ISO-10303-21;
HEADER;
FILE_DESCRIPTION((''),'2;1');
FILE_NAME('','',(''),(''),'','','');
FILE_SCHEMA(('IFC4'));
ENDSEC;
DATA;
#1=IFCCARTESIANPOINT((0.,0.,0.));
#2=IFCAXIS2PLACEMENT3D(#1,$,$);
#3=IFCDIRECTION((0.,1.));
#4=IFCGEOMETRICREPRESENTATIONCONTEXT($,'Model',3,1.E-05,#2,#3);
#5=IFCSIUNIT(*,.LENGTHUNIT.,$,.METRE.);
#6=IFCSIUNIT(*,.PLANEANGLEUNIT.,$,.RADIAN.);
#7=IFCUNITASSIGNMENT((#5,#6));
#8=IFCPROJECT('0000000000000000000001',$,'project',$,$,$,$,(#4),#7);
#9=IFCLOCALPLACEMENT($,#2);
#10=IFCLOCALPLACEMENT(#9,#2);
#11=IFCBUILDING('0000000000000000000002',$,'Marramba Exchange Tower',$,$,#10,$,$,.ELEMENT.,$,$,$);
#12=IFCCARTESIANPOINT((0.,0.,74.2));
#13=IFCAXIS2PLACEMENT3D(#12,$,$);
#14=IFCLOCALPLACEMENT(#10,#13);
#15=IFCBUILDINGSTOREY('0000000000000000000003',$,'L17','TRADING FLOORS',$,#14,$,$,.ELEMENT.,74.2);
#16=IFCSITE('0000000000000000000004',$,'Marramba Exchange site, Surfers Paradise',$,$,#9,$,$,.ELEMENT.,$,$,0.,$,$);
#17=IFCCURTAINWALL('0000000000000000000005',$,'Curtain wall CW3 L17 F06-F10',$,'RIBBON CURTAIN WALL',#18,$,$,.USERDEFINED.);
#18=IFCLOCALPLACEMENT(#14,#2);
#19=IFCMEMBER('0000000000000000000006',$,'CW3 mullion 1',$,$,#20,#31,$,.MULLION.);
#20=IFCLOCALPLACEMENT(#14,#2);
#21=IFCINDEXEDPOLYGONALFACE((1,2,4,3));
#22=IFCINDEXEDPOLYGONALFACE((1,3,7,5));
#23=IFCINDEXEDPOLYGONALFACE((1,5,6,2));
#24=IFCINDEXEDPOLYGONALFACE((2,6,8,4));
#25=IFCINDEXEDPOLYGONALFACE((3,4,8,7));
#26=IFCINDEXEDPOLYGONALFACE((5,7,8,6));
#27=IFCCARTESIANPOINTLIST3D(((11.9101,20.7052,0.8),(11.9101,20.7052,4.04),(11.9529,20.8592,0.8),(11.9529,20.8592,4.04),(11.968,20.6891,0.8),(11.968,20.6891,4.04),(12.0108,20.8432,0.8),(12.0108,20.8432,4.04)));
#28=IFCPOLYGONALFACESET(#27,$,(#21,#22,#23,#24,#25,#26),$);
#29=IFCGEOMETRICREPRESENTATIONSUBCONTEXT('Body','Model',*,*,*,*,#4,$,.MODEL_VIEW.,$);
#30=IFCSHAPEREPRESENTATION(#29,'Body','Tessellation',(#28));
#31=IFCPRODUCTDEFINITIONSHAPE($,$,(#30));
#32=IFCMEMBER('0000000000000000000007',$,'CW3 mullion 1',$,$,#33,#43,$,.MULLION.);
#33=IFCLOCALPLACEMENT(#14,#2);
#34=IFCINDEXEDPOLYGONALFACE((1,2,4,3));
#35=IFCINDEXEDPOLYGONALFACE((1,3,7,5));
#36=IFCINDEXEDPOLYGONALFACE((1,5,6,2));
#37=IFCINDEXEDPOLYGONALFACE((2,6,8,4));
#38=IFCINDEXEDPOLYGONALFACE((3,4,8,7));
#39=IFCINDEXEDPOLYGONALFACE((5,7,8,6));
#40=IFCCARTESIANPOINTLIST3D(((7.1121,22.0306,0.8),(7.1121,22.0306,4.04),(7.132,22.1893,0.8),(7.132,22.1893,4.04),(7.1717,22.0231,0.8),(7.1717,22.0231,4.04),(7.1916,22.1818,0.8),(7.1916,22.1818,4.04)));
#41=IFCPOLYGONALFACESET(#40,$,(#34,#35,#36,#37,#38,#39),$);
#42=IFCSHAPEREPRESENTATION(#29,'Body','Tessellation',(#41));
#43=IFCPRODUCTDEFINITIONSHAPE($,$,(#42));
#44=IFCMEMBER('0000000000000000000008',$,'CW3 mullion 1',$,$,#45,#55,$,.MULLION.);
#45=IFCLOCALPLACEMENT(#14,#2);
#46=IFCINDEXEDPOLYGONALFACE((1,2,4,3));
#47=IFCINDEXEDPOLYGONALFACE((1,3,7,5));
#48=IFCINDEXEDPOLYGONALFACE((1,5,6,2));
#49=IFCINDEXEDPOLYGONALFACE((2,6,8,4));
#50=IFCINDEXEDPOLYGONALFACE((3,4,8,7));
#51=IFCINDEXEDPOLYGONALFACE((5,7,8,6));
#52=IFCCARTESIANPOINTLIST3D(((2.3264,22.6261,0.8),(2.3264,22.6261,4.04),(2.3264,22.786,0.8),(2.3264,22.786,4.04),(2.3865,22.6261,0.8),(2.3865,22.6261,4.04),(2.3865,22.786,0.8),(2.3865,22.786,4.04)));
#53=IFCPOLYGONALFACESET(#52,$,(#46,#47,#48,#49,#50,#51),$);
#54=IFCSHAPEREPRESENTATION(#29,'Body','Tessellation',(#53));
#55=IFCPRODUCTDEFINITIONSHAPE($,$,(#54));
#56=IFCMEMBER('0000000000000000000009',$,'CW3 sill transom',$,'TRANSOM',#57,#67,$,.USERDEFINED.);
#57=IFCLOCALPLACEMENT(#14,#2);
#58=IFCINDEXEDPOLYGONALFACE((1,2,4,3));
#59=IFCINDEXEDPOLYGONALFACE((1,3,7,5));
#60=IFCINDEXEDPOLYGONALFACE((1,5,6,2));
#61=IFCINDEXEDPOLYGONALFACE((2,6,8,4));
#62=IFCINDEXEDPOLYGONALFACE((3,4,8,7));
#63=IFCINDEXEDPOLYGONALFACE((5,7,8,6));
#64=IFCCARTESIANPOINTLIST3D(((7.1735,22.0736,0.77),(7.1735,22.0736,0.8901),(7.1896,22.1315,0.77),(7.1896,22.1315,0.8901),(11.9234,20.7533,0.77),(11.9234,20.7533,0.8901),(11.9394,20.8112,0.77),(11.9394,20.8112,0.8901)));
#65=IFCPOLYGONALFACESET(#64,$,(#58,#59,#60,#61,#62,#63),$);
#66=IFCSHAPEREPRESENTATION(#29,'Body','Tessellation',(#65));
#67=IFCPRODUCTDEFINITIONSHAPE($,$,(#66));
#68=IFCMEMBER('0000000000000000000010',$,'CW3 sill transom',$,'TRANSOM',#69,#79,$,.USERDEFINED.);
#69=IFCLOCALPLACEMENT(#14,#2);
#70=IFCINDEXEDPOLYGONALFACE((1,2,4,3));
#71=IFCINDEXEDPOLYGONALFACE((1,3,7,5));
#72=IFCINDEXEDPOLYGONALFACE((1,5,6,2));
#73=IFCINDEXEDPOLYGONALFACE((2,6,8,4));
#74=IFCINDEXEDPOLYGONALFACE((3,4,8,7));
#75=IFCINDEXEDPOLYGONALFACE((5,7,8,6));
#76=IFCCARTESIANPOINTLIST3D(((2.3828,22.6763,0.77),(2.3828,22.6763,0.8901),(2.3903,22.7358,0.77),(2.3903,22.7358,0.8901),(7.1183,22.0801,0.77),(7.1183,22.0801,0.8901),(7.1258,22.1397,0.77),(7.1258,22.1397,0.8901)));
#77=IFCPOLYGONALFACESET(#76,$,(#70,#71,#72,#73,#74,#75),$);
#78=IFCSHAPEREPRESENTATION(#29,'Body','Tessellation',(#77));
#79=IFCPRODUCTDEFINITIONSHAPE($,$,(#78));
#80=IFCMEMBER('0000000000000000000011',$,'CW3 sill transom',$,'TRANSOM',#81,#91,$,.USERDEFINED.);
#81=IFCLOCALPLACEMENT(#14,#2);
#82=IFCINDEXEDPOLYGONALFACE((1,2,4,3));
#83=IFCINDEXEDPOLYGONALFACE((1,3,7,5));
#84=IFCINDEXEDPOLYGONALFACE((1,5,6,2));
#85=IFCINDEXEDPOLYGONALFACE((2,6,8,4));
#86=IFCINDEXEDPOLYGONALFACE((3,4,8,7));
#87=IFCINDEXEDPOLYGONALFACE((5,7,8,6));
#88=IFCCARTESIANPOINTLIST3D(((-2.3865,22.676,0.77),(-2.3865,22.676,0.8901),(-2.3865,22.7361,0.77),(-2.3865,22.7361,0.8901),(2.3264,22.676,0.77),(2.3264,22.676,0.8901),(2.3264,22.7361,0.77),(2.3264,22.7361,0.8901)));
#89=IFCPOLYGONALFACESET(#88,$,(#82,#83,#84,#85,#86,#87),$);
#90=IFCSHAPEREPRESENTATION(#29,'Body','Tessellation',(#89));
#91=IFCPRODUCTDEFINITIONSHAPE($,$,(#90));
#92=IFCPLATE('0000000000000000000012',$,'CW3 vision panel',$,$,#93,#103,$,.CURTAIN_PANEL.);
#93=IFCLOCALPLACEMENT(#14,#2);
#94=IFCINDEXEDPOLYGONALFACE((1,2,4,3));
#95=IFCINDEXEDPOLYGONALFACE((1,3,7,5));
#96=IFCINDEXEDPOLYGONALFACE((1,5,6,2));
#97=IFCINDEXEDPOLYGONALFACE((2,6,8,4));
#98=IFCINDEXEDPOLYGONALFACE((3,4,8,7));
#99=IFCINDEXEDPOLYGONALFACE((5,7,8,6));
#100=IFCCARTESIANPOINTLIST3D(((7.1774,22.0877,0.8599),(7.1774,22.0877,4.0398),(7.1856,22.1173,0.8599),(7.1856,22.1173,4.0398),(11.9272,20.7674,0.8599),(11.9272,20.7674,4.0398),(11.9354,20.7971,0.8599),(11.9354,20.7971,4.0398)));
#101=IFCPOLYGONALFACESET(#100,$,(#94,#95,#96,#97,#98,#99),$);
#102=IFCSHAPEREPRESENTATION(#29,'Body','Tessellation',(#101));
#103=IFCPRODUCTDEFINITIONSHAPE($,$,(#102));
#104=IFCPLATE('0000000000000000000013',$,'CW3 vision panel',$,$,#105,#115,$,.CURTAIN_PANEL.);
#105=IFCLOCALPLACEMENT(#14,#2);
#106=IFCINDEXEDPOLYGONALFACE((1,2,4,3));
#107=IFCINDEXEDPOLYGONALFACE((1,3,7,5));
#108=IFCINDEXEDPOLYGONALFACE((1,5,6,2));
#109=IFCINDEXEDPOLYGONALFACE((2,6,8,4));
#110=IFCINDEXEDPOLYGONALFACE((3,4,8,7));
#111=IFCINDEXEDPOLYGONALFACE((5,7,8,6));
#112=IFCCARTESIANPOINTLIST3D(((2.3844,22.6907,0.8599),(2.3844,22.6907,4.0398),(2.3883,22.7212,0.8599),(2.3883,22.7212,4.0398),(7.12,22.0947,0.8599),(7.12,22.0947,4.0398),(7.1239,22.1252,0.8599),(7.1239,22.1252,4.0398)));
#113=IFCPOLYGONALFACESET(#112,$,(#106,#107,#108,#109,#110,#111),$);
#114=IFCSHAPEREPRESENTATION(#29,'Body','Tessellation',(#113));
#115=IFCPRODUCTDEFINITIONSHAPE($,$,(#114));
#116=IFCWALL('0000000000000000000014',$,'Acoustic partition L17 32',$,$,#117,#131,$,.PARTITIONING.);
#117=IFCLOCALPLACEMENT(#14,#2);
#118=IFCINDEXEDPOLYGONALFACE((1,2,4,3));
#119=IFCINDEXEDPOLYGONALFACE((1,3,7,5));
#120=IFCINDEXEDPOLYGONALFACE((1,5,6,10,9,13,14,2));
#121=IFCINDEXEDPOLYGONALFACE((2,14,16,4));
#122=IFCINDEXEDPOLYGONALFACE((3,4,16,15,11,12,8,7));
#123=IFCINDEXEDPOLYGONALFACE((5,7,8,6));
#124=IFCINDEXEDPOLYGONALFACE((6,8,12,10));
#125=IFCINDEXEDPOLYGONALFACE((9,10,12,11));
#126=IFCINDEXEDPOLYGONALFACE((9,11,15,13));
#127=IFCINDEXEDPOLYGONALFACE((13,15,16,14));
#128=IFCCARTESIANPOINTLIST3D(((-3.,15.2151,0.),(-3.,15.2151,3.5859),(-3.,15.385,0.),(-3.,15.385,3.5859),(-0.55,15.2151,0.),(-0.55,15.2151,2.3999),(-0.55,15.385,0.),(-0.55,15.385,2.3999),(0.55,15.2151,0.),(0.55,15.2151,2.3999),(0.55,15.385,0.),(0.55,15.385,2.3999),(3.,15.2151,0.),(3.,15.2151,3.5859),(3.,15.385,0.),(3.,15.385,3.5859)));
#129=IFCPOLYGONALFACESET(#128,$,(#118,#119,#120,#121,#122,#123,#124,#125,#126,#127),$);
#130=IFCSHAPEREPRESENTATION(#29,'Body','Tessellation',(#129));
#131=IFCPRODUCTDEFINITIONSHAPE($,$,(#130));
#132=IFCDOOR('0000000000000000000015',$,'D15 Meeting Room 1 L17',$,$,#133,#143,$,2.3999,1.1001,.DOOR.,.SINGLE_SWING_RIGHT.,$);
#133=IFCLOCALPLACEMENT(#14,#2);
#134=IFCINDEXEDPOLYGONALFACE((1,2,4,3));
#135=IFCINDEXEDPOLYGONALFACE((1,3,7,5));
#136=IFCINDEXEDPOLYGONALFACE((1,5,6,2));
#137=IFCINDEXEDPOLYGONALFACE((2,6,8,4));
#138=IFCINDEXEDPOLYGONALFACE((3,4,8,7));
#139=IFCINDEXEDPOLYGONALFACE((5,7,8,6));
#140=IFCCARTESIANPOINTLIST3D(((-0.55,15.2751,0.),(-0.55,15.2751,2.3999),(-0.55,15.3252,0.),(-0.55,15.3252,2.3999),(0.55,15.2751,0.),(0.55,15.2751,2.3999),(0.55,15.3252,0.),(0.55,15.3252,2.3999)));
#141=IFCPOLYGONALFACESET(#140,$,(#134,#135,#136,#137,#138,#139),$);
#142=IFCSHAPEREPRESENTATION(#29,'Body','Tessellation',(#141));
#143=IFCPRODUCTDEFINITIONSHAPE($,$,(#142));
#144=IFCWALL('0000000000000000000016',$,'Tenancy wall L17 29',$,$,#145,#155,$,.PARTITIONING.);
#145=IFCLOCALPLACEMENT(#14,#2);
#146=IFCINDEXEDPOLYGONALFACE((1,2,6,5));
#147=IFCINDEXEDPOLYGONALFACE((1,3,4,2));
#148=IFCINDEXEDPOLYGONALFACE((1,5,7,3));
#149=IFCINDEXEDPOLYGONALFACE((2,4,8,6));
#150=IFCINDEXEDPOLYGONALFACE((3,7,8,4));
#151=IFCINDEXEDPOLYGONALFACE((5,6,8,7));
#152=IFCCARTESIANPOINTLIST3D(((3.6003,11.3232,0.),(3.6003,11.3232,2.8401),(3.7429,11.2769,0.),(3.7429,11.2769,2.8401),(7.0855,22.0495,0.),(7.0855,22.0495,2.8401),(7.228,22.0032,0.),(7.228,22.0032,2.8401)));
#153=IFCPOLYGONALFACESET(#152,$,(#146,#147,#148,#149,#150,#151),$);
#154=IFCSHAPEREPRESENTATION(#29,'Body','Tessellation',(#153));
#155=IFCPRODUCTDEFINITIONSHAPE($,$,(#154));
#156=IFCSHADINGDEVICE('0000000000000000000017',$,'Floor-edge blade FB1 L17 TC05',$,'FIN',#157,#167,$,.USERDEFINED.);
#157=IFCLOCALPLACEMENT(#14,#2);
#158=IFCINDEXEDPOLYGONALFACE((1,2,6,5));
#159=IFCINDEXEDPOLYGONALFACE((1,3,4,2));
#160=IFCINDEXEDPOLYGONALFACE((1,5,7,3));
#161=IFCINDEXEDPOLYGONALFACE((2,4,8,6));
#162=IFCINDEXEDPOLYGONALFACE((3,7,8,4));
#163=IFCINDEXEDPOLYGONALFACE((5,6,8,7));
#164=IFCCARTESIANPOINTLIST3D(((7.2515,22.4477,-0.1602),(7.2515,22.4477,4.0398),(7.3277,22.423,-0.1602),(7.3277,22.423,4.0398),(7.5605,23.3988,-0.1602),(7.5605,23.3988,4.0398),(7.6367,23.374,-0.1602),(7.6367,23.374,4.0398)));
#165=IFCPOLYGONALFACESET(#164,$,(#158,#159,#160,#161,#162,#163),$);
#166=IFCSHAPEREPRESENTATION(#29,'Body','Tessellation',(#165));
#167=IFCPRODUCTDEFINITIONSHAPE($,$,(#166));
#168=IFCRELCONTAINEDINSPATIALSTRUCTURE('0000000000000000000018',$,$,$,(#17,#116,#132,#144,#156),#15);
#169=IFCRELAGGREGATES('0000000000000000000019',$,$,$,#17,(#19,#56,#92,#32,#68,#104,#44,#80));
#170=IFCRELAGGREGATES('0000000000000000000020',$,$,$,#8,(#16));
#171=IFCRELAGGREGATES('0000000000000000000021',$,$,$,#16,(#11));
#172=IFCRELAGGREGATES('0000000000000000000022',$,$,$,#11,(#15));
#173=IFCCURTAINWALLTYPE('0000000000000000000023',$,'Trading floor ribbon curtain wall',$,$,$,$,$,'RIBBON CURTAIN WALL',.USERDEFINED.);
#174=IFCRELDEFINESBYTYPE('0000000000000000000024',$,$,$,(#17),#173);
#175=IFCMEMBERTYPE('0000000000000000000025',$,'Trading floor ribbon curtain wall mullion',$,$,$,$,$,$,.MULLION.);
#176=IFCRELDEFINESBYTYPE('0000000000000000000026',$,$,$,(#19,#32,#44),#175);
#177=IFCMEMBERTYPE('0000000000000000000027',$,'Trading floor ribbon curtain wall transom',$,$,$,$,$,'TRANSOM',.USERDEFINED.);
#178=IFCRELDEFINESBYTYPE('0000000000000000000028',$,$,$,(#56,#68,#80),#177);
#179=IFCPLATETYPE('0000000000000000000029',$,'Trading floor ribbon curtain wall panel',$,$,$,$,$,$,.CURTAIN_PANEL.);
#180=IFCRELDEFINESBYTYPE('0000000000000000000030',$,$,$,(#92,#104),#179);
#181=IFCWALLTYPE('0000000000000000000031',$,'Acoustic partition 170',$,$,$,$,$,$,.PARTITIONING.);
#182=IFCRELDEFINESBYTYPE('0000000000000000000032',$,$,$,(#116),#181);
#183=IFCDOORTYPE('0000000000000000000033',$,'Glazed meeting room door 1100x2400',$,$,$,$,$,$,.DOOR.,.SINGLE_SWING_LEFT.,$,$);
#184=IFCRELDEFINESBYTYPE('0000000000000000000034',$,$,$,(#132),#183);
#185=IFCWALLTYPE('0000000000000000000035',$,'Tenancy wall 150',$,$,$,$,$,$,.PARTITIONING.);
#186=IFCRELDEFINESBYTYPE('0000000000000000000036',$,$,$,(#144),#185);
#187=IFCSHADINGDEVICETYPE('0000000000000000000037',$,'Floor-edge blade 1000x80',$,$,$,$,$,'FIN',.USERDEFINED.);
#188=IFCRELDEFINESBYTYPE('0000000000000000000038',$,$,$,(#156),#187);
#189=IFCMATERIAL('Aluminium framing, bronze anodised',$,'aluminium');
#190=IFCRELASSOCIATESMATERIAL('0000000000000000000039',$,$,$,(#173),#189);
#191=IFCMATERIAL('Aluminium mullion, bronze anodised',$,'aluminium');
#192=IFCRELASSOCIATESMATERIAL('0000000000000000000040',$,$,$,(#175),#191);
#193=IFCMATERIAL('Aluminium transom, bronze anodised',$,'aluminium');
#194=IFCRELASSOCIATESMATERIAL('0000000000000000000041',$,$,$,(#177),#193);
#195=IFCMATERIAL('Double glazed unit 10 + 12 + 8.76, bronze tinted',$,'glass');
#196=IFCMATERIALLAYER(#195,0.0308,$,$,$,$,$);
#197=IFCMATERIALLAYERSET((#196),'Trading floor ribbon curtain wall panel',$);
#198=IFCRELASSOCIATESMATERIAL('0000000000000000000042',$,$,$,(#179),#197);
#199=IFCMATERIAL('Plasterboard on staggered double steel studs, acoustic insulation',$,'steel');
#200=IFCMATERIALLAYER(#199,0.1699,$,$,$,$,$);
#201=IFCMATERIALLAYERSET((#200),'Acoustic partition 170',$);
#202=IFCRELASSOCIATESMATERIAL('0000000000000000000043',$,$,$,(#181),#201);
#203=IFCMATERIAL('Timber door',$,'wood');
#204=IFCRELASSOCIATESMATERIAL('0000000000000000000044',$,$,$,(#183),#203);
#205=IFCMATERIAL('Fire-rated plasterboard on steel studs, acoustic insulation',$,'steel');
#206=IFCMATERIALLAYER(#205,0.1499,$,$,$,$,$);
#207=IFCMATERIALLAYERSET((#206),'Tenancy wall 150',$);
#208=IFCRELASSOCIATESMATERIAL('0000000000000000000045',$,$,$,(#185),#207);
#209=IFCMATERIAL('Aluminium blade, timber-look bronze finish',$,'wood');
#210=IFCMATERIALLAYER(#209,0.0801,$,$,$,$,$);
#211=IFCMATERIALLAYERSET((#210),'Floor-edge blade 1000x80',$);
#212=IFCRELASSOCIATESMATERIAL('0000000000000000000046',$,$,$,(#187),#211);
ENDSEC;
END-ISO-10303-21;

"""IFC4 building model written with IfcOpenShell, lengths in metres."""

from ifc_helpers import new_model, si_unit, direction, frame, frame_2d, origin, origin_2d, place, context, subcontext, project, spatial, rectangle, extrude, material, layer, layer_set, material_profile, profile_set, type_object, element, fill, aggregate, save


model = new_model("IFC4")

# Units and contexts
model_context = context("Model", 3, precision=1e-05, world=origin(), true_north=direction((0.0, 1.0)))
body_context = subcontext(model_context, "Body", "Model", "MODEL_VIEW")
ifc_project = project(units=[si_unit("LENGTHUNIT", "METRE"), si_unit("PLANEANGLEUNIT", "RADIAN")], contexts=[model_context])

# Site, building, storey
site_placement = place(None, origin())
site = spatial("IfcSite", under=ifc_project, at=site_placement, Name="Marramba Exchange site, Surfers Paradise", CompositionType="ELEMENT", RefElevation=0.0)
building_placement = place(site_placement, origin())
building = spatial("IfcBuilding", under=site, at=building_placement, Name="Marramba Exchange Tower", CompositionType="ELEMENT")
storey_placement = place(building_placement, frame((0.0, 0.0, 74.2)))
storey = spatial("IfcBuildingStorey", under=building, at=storey_placement, Name="L17", Description="TRADING FLOORS", CompositionType="ELEMENT", Elevation=74.2)

# Curtain wall, members, plates
ifc_material_1 = material(Name="Aluminium framing, bronze anodised", Category="aluminium")
curtain_wall_type = type_object("IfcCurtainWallType", Name="Trading floor ribbon curtain wall", ElementType="RIBBON CURTAIN WALL", PredefinedType="USERDEFINED", material=ifc_material_1)
curtain_wall_placement = place(storey_placement, origin())
curtain_wall = element("IfcCurtainWall", 1, at=curtain_wall_placement, inside=storey, type_object=curtain_wall_type, Name="Curtain wall CW3 L17 F06-F10", ObjectType="RIBBON CURTAIN WALL", PredefinedType="USERDEFINED")
ifc_material_2 = material(Name="Aluminium mullion, bronze anodised", Category="aluminium")
ifc_material_profile_1 = material_profile(ifc_material_2, rectangle(XDim=0.1599, YDim=0.0601, at=origin_2d()), Name="CW3 mullion 60x160")
ifc_profile_set_1 = profile_set([ifc_material_profile_1], Name="Aluminium mullion, bronze anodised")
member_type_1 = type_object("IfcMemberType", Name="Trading floor ribbon curtain wall mullion", PredefinedType="MULLION", material=ifc_profile_set_1)
member_1_placement = place(storey_placement, frame((11.9604, 20.7742, 0.8), z_axis=(0.0, 0.0, 1.0), x_axis=(-0.267809, -0.963472, 0.0)))
member_1 = element("IfcMember", 2, at=member_1_placement, type_object=member_type_1, Name="CW3 mullion 1", PredefinedType="MULLION", context=body_context, shape_type="SweptSolid", body=[
    extrude(rectangle(XDim=0.1599, YDim=0.0601, at=origin_2d()), origin(), (0.0, 0.0, 1.0), 3.24),
])
member_2_placement = place(storey_placement, frame((7.1519, 22.1062, 0.8), z_axis=(0.0, 0.0, 1.0), x_axis=(-0.124873, -0.992173, 0.0)))
member_2 = element("IfcMember", 3, at=member_2_placement, type_object=member_type_1, Name="CW3 mullion 1", PredefinedType="MULLION", context=body_context, shape_type="SweptSolid", body=[
    extrude(rectangle(XDim=0.1599, YDim=0.0601, at=origin_2d()), origin(), (0.0, 0.0, 1.0), 3.24),
])
member_3_placement = place(storey_placement, frame((2.3564, 22.7061, 0.8), z_axis=(0.0, 0.0, 1.0), x_axis=(0.0, -1.0, 0.0)))
member_3 = element("IfcMember", 4, at=member_3_placement, type_object=member_type_1, Name="CW3 mullion 1", PredefinedType="MULLION", context=body_context, shape_type="SweptSolid", body=[
    extrude(rectangle(XDim=0.1599, YDim=0.0601, at=origin_2d()), origin(), (0.0, 0.0, 1.0), 3.24),
])
ifc_material_3 = material(Name="Aluminium transom, bronze anodised", Category="aluminium")
ifc_material_profile_2 = material_profile(ifc_material_3, rectangle(XDim=0.0601, YDim=0.1201, at=origin_2d()), Name="CW3 transom 60x120")
ifc_profile_set_2 = profile_set([ifc_material_profile_2], Name="Aluminium transom, bronze anodised")
member_type_2 = type_object("IfcMemberType", Name="Trading floor ribbon curtain wall transom", ElementType="TRANSOM", PredefinedType="USERDEFINED", material=ifc_profile_set_2)
member_4_placement = place(storey_placement, frame((11.9314, 20.7822, 0.8301), z_axis=(-0.963469, 0.26782, 0.0), x_axis=(-0.26782, -0.963469, 0.0)))
member_4 = element("IfcMember", 5, at=member_4_placement, type_object=member_type_2, Name="CW3 sill transom", ObjectType="TRANSOM", PredefinedType="USERDEFINED", context=body_context, shape_type="SweptSolid", body=[
    extrude(rectangle(XDim=0.0601, YDim=0.1201, at=origin_2d()), origin(), (0.0, 0.0, 1.0), 4.9299),
])
member_5_placement = place(storey_placement, frame((7.1221, 22.1099, 0.8301), z_axis=(-0.992168, 0.12491, 0.0), x_axis=(-0.12491, -0.992168, 0.0)))
member_5 = element("IfcMember", 6, at=member_5_placement, type_object=member_type_2, Name="CW3 sill transom", ObjectType="TRANSOM", PredefinedType="USERDEFINED", context=body_context, shape_type="SweptSolid", body=[
    extrude(rectangle(XDim=0.0601, YDim=0.1201, at=origin_2d()), origin(), (0.0, 0.0, 1.0), 4.7729),
])
member_6_placement = place(storey_placement, frame((2.3264, 22.7061, 0.8301), z_axis=(-1.0, 0.0, 0.0), x_axis=(0.0, -1.0, 0.0)))
member_6 = element("IfcMember", 7, at=member_6_placement, type_object=member_type_2, Name="CW3 sill transom", ObjectType="TRANSOM", PredefinedType="USERDEFINED", context=body_context, shape_type="SweptSolid", body=[
    extrude(rectangle(XDim=0.0601, YDim=0.1201, at=origin_2d()), origin(), (0.0, 0.0, 1.0), 4.7129),
])
ifc_material_4 = material(Name="Double glazed unit 10 + 12 + 8.76, bronze tinted", Category="glass")
ifc_layer_1 = layer(ifc_material_4, 0.0308)
ifc_layer_set_1 = layer_set([ifc_layer_1], Name="Trading floor ribbon curtain wall panel")
plate_type = type_object("IfcPlateType", Name="Trading floor ribbon curtain wall panel", PredefinedType="CURTAIN_PANEL", material=ifc_layer_set_1)
plate_1_placement = place(storey_placement, frame((9.5564, 21.4424, 0.8599), z_axis=(0.0, 0.0, 1.0), x_axis=(-0.963472, 0.267809, 0.0)))
plate_1 = element("IfcPlate", 8, at=plate_1_placement, type_object=plate_type, Name="CW3 vision panel", PredefinedType="CURTAIN_PANEL", context=body_context, shape_type="SweptSolid", body=[
    extrude(rectangle(XDim=4.9299, YDim=0.0308, at=origin_2d()), origin(), (0.0, 0.0, 1.0), 3.1799),
])
plate_2_placement = place(storey_placement, frame((4.7542, 22.408, 0.8599), z_axis=(0.0, 0.0, 1.0), x_axis=(-0.992173, 0.124873, 0.0)))
plate_2 = element("IfcPlate", 9, at=plate_2_placement, type_object=plate_type, Name="CW3 vision panel", PredefinedType="CURTAIN_PANEL", context=body_context, shape_type="SweptSolid", body=[
    extrude(rectangle(XDim=4.7729, YDim=0.0308, at=origin_2d()), origin(), (0.0, 0.0, 1.0), 3.1799),
])
aggregate(curtain_wall, [member_1, member_4, plate_1, member_2, member_5, plate_2, member_3, member_6])

# Wall, opening, door
ifc_material_5 = material(Name="Plasterboard on staggered double steel studs, acoustic insulation", Category="steel")
ifc_layer_2 = layer(ifc_material_5, 0.1699)
ifc_layer_set_2 = layer_set([ifc_layer_2], Name="Acoustic partition 170")
wall_type_1 = type_object("IfcWallType", Name="Acoustic partition 170", PredefinedType="PARTITIONING", material=ifc_layer_set_2)
wall_1_placement = place(storey_placement, frame((3.0, 15.3, 0.0), z_axis=(0.0, 0.0, 1.0), x_axis=(-1.0, 0.0, 0.0)))
wall_1 = element("IfcWall", 10, at=wall_1_placement, inside=storey, type_object=wall_type_1, Name="Acoustic partition L17 32", PredefinedType="PARTITIONING", context=body_context, shape_type="SweptSolid", body=[
    extrude(rectangle(XDim=6.0, YDim=0.1699, at=frame_2d((3.0, 0.0))), origin(), (0.0, 0.0, 1.0), 3.5859),
])
opening_placement = place(wall_1_placement, frame((2.45, 0.0, 0.0)))
opening = element("IfcOpeningElement", 11, at=opening_placement, cuts=wall_1, PredefinedType="OPENING", context=body_context, shape_type="SweptSolid", body=[
    extrude(rectangle(XDim=1.1001, YDim=2.3999, at=frame_2d((0.55, 1.2))), frame((0.0, 0.095, 0.0), z_axis=(0.0, -1.0, 0.0), x_axis=(1.0, 0.0, 0.0)), (0.0, 0.0, 1.0), 0.1899),
])
ifc_material_6 = material(Name="Timber door", Category="wood")
door_type = type_object("IfcDoorType", Name="Glazed meeting room door 1100x2400", OperationType="SINGLE_SWING_LEFT", PredefinedType="DOOR", material=ifc_material_6)
door_placement = place(opening_placement, origin())
door = element("IfcDoor", 12, at=door_placement, inside=storey, type_object=door_type, Name="D15 Meeting Room 1 L17", OperationType="SINGLE_SWING_RIGHT", OverallHeight=2.3999, OverallWidth=1.1001, PredefinedType="DOOR", context=body_context, shape_type="SweptSolid", body=[
    extrude(rectangle(XDim=1.1001, YDim=2.3999, at=frame_2d((0.55, 1.2))), frame((0.0, 0.0249, 0.0), z_axis=(0.0, -1.0, 0.0), x_axis=(1.0, 0.0, 0.0)), (0.0, 0.0, 1.0), 0.05),
])
fill(opening, door)

# Wall
ifc_material_7 = material(Name="Fire-rated plasterboard on steel studs, acoustic insulation", Category="steel")
ifc_layer_3 = layer(ifc_material_7, 0.1499)
ifc_layer_set_3 = layer_set([ifc_layer_3], Name="Tenancy wall 150")
wall_type_2 = type_object("IfcWallType", Name="Tenancy wall 150", PredefinedType="PARTITIONING", material=ifc_layer_set_3)
wall_2_placement = place(storey_placement, frame((7.1567, 22.0264, 0.0), z_axis=(0.0, 0.0, 1.0), x_axis=(-0.30901, -0.951059, 0.0)))
element("IfcWall", 13, at=wall_2_placement, inside=storey, type_object=wall_type_2, Name="Tenancy wall L17 29", PredefinedType="PARTITIONING", context=body_context, shape_type="SweptSolid", body=[
    extrude(rectangle(XDim=11.2783, YDim=0.1499, at=frame_2d((5.6392, 0.0))), origin(), (0.0, 0.0, 1.0), 2.8401),
])

# Shading device
ifc_material_8 = material(Name="Aluminium blade, timber-look bronze finish", Category="wood")
ifc_layer_4 = layer(ifc_material_8, 0.0801)
ifc_layer_set_4 = layer_set([ifc_layer_4], Name="Floor-edge blade 1000x80")
shading_device_type_1 = type_object("IfcShadingDeviceType", Name="Floor-edge blade 1000x80", ElementType="FIN", PredefinedType="USERDEFINED", material=ifc_layer_set_4)
shading_device_1_placement = place(storey_placement, frame((7.4441, 22.9109, -0.1602), z_axis=(0.0, 0.0, 1.0), x_axis=(0.309017, 0.951057, 0.0)))
element("IfcShadingDevice", 14, at=shading_device_1_placement, inside=storey, type_object=shading_device_type_1, Name="Floor-edge blade FB1 L17 TC05", ObjectType="FIN", PredefinedType="USERDEFINED", context=body_context, shape_type="SweptSolid", body=[
    extrude(rectangle(XDim=1.0, YDim=0.0801, at=origin_2d()), origin(), (0.0, 0.0, 1.0), 4.2),
])

save(model, "model.ifc")
